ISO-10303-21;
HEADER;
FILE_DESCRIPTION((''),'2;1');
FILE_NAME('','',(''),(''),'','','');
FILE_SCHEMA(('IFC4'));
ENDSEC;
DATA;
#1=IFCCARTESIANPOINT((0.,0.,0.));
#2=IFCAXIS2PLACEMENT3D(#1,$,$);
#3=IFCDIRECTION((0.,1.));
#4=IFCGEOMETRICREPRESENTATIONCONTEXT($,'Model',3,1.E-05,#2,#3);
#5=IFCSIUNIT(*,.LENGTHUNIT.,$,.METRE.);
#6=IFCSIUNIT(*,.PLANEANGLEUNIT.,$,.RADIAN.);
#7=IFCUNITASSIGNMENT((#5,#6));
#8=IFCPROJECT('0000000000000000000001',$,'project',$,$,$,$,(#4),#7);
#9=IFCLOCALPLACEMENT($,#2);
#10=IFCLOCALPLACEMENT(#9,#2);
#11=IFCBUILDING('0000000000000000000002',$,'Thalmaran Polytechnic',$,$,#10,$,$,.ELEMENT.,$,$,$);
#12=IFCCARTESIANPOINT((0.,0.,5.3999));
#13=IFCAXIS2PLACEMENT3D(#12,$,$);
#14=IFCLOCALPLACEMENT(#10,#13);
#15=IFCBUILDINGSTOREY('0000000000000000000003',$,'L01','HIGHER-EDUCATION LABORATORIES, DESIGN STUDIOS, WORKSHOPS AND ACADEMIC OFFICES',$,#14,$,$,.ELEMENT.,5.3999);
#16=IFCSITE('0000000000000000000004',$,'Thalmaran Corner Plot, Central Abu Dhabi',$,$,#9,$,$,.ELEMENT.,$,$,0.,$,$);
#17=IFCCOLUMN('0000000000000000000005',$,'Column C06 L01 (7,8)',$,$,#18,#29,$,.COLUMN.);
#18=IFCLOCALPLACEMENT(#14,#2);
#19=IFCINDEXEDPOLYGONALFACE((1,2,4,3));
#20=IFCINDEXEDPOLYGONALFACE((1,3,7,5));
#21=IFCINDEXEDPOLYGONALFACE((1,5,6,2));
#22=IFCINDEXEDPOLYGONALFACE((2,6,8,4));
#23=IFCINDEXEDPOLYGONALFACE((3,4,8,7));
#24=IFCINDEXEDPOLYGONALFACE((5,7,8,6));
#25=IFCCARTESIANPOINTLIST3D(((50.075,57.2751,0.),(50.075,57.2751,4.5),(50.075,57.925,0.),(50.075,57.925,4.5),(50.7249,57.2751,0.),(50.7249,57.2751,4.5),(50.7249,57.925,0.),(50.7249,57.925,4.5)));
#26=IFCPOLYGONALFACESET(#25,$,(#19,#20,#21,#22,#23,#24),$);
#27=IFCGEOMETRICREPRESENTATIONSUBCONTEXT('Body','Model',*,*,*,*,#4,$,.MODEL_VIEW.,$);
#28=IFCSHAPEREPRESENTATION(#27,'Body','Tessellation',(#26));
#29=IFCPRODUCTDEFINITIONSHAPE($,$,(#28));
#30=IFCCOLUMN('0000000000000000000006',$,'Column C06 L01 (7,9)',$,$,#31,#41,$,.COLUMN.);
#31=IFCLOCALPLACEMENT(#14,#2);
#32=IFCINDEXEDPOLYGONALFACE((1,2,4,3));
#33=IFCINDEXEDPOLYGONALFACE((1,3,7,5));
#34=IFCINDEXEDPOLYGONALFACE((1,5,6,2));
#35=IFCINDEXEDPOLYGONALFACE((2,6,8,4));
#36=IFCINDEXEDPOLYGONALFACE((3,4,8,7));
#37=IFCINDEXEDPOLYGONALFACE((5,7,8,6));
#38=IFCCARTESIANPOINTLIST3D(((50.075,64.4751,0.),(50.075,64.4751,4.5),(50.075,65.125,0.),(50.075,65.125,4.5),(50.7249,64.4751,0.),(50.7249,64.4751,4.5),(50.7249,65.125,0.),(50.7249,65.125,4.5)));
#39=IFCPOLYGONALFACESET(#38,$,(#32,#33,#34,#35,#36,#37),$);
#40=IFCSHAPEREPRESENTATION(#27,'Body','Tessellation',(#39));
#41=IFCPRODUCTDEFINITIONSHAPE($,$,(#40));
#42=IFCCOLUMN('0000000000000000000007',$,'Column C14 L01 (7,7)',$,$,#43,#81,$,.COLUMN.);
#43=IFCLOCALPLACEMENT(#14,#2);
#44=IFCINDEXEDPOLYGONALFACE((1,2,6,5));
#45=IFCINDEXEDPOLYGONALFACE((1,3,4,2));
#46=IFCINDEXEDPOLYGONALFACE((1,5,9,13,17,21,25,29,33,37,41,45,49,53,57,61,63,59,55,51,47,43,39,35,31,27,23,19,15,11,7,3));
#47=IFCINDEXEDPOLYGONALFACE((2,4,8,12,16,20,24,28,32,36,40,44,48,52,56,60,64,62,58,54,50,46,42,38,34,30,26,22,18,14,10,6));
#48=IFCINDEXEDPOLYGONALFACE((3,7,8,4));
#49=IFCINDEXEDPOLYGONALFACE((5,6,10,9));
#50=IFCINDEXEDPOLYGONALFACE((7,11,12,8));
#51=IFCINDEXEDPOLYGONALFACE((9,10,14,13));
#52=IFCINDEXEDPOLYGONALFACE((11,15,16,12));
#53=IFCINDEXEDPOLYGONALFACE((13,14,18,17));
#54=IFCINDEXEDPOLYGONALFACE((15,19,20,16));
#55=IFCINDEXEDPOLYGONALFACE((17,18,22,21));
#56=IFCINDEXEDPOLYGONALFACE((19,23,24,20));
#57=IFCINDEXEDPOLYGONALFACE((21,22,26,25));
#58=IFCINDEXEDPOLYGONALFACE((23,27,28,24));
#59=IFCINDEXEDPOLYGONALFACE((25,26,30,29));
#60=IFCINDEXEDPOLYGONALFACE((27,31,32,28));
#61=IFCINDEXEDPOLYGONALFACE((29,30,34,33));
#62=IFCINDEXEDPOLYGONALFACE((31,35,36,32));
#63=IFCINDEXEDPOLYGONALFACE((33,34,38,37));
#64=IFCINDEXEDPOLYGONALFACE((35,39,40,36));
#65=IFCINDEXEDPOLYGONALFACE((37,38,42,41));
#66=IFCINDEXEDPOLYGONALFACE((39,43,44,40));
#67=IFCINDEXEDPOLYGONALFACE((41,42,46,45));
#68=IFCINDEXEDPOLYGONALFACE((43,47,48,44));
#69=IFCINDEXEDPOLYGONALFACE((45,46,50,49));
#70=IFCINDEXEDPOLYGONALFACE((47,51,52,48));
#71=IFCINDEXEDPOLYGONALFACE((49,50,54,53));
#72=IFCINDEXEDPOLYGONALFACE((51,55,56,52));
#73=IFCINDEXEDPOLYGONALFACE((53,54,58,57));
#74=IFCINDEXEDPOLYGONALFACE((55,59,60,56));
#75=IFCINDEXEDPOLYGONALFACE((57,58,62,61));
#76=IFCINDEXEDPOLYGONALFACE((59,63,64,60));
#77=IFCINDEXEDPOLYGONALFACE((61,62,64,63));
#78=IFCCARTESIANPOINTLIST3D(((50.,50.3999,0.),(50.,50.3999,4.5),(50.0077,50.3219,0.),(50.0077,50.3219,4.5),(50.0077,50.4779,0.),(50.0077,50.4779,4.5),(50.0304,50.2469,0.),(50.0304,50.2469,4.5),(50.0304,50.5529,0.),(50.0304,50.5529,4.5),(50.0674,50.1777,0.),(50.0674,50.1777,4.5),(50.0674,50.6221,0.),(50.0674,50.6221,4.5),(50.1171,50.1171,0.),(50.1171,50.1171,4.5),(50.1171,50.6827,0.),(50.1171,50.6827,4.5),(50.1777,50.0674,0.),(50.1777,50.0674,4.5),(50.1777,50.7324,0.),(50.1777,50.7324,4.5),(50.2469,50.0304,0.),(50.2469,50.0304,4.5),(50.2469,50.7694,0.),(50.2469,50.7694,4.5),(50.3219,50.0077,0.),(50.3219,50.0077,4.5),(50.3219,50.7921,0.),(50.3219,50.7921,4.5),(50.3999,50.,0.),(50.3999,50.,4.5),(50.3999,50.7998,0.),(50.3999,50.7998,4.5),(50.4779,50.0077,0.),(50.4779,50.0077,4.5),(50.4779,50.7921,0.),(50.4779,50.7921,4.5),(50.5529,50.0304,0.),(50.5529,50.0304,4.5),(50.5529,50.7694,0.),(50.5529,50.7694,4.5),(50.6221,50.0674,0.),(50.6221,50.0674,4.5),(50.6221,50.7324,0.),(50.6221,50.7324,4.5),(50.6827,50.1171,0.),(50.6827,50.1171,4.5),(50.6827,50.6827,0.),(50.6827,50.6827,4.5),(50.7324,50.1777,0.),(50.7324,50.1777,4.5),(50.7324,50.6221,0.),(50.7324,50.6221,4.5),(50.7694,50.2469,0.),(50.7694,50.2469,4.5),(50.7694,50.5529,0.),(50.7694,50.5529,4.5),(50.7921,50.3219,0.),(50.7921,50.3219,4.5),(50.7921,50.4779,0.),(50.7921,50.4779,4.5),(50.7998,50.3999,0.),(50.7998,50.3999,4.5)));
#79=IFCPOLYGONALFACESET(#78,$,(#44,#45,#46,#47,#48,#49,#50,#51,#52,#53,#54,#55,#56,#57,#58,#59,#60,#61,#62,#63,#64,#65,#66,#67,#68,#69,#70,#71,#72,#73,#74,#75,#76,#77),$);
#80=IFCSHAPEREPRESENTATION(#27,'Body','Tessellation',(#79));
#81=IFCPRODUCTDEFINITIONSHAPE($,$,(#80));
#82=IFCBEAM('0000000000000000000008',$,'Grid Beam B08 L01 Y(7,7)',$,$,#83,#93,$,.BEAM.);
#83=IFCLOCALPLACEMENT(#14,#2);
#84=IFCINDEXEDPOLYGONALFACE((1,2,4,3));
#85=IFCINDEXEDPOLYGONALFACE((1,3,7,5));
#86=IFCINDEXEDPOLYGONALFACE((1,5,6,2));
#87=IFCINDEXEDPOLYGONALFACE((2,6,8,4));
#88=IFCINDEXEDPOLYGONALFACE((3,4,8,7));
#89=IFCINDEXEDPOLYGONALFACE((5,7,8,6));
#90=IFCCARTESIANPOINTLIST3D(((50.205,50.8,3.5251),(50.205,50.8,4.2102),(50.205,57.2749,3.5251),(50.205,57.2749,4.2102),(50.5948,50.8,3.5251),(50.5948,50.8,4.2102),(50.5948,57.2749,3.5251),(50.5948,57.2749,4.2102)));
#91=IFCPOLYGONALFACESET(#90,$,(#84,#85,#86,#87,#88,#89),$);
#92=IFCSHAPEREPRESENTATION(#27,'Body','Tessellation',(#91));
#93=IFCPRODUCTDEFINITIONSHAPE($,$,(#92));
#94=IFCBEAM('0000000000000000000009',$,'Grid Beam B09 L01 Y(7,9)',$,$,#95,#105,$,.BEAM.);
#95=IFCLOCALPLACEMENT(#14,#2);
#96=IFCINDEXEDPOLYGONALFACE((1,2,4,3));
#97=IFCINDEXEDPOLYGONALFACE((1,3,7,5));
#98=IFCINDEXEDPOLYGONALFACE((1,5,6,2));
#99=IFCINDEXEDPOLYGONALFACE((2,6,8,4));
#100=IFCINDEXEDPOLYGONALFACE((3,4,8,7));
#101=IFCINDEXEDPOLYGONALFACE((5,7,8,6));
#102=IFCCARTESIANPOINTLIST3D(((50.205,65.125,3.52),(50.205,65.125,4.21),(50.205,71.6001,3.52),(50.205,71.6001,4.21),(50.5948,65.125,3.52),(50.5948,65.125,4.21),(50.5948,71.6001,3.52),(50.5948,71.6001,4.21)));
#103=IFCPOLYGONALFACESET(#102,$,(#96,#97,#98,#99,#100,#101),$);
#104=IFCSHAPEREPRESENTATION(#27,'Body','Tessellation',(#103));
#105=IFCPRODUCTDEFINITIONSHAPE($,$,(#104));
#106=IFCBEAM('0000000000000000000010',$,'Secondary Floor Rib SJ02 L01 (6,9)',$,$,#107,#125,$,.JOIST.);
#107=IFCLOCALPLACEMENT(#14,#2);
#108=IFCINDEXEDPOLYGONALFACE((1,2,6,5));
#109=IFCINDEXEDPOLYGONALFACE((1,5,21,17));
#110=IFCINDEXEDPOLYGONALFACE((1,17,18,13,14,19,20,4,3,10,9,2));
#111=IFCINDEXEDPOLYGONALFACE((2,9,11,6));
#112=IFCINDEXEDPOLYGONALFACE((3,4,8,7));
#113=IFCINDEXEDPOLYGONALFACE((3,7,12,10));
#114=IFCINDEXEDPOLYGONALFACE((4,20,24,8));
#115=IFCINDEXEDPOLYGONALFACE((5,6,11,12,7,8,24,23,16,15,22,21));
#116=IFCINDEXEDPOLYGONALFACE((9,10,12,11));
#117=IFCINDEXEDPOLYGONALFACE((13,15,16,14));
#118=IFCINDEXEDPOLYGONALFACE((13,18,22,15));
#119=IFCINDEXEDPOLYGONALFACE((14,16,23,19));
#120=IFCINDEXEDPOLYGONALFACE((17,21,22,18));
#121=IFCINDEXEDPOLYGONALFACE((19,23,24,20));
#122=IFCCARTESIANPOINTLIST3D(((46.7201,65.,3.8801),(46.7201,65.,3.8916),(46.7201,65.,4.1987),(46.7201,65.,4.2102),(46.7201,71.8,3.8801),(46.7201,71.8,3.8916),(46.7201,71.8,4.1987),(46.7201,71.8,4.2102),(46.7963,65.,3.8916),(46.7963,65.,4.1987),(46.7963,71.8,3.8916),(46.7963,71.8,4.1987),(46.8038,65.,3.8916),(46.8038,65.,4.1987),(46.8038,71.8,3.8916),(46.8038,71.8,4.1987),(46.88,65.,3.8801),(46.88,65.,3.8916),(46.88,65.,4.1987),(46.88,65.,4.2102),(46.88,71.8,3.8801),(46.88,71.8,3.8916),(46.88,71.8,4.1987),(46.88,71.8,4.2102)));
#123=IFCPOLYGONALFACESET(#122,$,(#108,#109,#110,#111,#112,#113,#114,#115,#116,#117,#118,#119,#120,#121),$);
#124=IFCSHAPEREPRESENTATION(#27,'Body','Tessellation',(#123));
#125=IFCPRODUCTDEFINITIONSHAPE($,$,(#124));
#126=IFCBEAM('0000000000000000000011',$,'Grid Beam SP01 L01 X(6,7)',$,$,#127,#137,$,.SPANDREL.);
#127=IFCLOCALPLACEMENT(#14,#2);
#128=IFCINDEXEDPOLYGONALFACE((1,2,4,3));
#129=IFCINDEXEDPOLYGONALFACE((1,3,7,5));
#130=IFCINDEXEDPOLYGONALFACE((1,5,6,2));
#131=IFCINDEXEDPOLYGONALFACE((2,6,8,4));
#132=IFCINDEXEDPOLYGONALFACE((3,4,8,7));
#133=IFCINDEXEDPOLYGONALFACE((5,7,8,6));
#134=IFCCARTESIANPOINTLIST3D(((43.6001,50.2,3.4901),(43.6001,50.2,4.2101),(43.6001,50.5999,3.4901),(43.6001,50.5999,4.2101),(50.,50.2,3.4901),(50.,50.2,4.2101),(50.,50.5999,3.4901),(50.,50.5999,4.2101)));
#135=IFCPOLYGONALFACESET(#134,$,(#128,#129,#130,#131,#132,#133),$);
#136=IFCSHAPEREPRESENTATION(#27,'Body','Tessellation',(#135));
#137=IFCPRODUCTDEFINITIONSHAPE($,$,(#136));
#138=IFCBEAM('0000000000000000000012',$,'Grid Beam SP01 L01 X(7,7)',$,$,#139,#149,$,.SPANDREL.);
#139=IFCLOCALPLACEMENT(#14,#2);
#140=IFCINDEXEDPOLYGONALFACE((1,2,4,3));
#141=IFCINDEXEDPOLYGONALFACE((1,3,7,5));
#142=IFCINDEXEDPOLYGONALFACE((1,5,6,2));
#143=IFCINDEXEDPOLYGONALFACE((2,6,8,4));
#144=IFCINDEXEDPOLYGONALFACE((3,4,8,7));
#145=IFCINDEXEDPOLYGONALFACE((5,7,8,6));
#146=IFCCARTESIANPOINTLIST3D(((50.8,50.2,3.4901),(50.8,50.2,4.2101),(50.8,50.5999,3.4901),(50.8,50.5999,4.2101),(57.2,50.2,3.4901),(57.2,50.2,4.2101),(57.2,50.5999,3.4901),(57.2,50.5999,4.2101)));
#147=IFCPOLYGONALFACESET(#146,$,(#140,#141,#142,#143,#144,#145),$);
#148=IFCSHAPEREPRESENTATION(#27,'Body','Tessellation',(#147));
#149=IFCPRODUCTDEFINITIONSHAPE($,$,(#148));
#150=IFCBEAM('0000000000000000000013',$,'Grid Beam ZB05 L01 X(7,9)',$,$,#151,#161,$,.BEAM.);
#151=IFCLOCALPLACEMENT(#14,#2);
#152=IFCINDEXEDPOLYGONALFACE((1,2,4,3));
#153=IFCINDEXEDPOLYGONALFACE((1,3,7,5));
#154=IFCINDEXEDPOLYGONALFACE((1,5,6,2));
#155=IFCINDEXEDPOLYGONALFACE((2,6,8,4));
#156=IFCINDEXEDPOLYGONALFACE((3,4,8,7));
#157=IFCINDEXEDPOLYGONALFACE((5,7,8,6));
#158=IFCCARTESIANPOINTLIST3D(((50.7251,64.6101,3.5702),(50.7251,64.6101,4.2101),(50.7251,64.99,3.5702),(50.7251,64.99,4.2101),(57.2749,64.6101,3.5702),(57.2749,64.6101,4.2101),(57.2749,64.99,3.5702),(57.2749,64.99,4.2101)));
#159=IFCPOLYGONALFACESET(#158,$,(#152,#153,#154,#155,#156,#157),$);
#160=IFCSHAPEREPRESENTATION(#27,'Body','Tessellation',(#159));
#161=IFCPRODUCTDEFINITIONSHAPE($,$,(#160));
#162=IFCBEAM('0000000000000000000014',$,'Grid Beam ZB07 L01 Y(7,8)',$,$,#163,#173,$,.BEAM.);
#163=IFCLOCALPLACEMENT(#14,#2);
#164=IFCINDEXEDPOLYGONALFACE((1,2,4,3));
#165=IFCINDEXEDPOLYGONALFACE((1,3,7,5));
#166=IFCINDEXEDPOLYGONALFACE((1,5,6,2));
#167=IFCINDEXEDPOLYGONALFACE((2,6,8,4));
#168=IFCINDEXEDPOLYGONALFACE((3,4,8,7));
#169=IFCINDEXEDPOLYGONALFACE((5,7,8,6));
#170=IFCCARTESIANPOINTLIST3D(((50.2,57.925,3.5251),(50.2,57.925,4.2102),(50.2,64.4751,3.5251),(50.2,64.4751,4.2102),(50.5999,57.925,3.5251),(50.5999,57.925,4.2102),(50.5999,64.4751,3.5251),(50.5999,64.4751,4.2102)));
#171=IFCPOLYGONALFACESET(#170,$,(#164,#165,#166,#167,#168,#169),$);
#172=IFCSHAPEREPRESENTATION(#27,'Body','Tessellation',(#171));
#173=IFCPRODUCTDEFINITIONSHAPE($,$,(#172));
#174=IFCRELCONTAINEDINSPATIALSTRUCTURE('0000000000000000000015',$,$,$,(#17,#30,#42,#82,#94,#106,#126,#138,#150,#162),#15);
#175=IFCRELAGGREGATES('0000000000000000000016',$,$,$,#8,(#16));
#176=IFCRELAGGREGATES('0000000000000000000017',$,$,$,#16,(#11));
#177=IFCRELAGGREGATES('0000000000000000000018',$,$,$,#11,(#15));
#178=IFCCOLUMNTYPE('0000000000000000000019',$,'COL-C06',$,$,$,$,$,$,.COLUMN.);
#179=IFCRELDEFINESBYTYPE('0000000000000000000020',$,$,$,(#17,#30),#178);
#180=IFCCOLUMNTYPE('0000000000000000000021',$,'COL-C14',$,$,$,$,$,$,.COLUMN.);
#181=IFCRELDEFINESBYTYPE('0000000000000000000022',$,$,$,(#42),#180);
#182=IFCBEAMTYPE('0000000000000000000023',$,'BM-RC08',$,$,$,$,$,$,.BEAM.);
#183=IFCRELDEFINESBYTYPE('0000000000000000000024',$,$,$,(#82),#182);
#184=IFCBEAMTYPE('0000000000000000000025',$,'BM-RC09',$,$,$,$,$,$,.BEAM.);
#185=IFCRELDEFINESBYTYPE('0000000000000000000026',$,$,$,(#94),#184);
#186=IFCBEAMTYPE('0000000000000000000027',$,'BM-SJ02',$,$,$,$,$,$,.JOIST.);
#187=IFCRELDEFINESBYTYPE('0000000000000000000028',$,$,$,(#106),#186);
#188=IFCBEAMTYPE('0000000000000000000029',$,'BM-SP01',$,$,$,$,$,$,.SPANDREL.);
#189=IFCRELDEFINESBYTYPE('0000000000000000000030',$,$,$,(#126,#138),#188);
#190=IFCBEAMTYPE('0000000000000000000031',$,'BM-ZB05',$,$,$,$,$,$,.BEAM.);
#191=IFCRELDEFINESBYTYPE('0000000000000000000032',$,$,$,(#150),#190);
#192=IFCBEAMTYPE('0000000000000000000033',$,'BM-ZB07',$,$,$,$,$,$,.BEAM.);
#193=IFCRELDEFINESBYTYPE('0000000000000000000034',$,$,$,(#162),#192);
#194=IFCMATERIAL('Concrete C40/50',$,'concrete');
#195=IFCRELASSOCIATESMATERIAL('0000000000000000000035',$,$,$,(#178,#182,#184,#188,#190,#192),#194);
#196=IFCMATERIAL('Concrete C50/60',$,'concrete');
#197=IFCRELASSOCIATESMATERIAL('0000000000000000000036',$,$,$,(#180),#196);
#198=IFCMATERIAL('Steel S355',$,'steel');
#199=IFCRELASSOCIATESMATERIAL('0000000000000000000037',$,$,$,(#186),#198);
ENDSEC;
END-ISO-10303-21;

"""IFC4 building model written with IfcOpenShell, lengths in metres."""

from ifc_helpers import new_model, si_unit, direction, frame, origin, origin_2d, place, context, subcontext, project, spatial, rectangle, circle, i_section, extrude, material, material_profile, profile_set, type_object, element, save


model = new_model("IFC4")

# Units and contexts
model_context = context("Model", 3, precision=1e-05, world=origin(), true_north=direction((0.0, 1.0)))
body_context = subcontext(model_context, "Body", "Model", "MODEL_VIEW")
ifc_project = project(units=[si_unit("LENGTHUNIT", "METRE"), si_unit("PLANEANGLEUNIT", "RADIAN")], contexts=[model_context])

# Site, building, storey
site_placement = place(None, origin())
site = spatial("IfcSite", under=ifc_project, at=site_placement, Name="Thalmaran Corner Plot, Central Abu Dhabi", CompositionType="ELEMENT", RefElevation=0.0)
building_placement = place(site_placement, origin())
building = spatial("IfcBuilding", under=site, at=building_placement, Name="Thalmaran Polytechnic", CompositionType="ELEMENT")
storey_placement = place(building_placement, frame((0.0, 0.0, 5.3999)))
storey = spatial("IfcBuildingStorey", under=building, at=storey_placement, Name="L01", Description="HIGHER-EDUCATION LABORATORIES, DESIGN STUDIOS, WORKSHOPS AND ACADEMIC OFFICES", CompositionType="ELEMENT", Elevation=5.3999)

# Columns
ifc_material_1 = material(Name="Concrete C40/50", Category="concrete")
ifc_material_profile_1 = material_profile(ifc_material_1, rectangle(XDim=0.6499, YDim=0.6499, at=origin_2d()), Name="RC 650x650")
ifc_profile_set_1 = profile_set([ifc_material_profile_1], Name="Concrete C40/50")
column_type_1 = type_object("IfcColumnType", Name="COL-C06", PredefinedType="COLUMN", material=ifc_profile_set_1)
for number, where, z_axis, x_axis, name in (
    (1, (50.3999, 57.6001, 0.0), (0.0, 0.0, 1.0), (1.0, 0.0, 0.0), "Column C06 L01 (7,8)"),
    (2, (50.3999, 64.8, 0.0), (0.0, 0.0, 1.0), (1.0, 0.0, 0.0), "Column C06 L01 (7,9)"),
):
    element("IfcColumn", number, at=place(storey_placement, frame(where, z_axis=z_axis, x_axis=x_axis)), inside=storey, type_object=column_type_1, Name=name, PredefinedType="COLUMN", context=body_context, shape_type="SweptSolid", body=[
        extrude(rectangle(XDim=0.6499, YDim=0.6499, at=origin_2d()), origin(), (0.0, 0.0, 1.0), 4.5),
    ])
ifc_material_2 = material(Name="Concrete C50/60", Category="concrete")
ifc_material_profile_2 = material_profile(ifc_material_2, circle(Radius=0.3999, at=origin_2d()), Name="RC 800 DIA")
ifc_profile_set_2 = profile_set([ifc_material_profile_2], Name="Concrete C50/60")
column_type_2 = type_object("IfcColumnType", Name="COL-C14", PredefinedType="COLUMN", material=ifc_profile_set_2)
column_placement = place(storey_placement, frame((50.3999, 50.3999, 0.0), z_axis=(0.0, 0.0, 1.0), x_axis=(1.0, 0.0, 0.0)))
element("IfcColumn", 3, at=column_placement, inside=storey, type_object=column_type_2, Name="Column C14 L01 (7,7)", PredefinedType="COLUMN", context=body_context, shape_type="SweptSolid", body=[
    extrude(circle(Radius=0.3999, at=origin_2d()), origin(), (0.0, 0.0, 1.0), 4.5),
])

# Beams
ifc_material_profile_3 = material_profile(ifc_material_1, rectangle(XDim=0.3899, YDim=0.6851, at=origin_2d()), Name="RC 390x685")
ifc_profile_set_3 = profile_set([ifc_material_profile_3], Name="Concrete C40/50")
beam_type_1 = type_object("IfcBeamType", Name="BM-RC08", PredefinedType="BEAM", material=ifc_profile_set_3)
beam_1_placement = place(storey_placement, frame((50.3999, 50.8, 3.8677), z_axis=(0.0, 1.0, 0.0), x_axis=(-1.0, 0.0, 0.0)))
element("IfcBeam", 4, at=beam_1_placement, inside=storey, type_object=beam_type_1, Name="Grid Beam B08 L01 Y(7,7)", PredefinedType="BEAM", context=body_context, shape_type="SweptSolid", body=[
    extrude(rectangle(XDim=0.3899, YDim=0.6851, at=origin_2d()), origin(), (0.0, 0.0, 1.0), 6.4749),
])
ifc_material_profile_4 = material_profile(ifc_material_1, rectangle(XDim=0.3899, YDim=0.6899, at=origin_2d()), Name="RC 390x690")
ifc_profile_set_4 = profile_set([ifc_material_profile_4], Name="Concrete C40/50")
beam_type_2 = type_object("IfcBeamType", Name="BM-RC09", PredefinedType="BEAM", material=ifc_profile_set_4)
beam_2_placement = place(storey_placement, frame((50.3999, 65.125, 3.865), z_axis=(0.0, 1.0, 0.0), x_axis=(-1.0, 0.0, 0.0)))
element("IfcBeam", 5, at=beam_2_placement, inside=storey, type_object=beam_type_2, Name="Grid Beam B09 L01 Y(7,9)", PredefinedType="BEAM", context=body_context, shape_type="SweptSolid", body=[
    extrude(rectangle(XDim=0.3899, YDim=0.6899, at=origin_2d()), origin(), (0.0, 0.0, 1.0), 6.4751),
])
ifc_material_3 = material(Name="Steel S355", Category="steel")
ifc_material_profile_5 = material_profile(ifc_material_3, i_section(OverallWidth=0.1599, OverallDepth=0.3301, WebThickness=0.0076, FlangeThickness=0.0115, at=origin_2d()), Name="IPE 330")
ifc_profile_set_5 = profile_set([ifc_material_profile_5], Name="Steel S355")
beam_type_3 = type_object("IfcBeamType", Name="BM-SJ02", PredefinedType="JOIST", material=ifc_profile_set_5)
beam_3_placement = place(storey_placement, frame((46.8, 65.0, 4.0452), z_axis=(0.0, 1.0, 0.0), x_axis=(-1.0, 0.0, 0.0)))
element("IfcBeam", 6, at=beam_3_placement, inside=storey, type_object=beam_type_3, Name="Secondary Floor Rib SJ02 L01 (6,9)", PredefinedType="JOIST", context=body_context, shape_type="SweptSolid", body=[
    extrude(i_section(OverallWidth=0.1599, OverallDepth=0.3301, WebThickness=0.0076, FlangeThickness=0.0115, at=origin_2d()), origin(), (0.0, 0.0, 1.0), 6.8),
])
ifc_material_profile_6 = material_profile(ifc_material_1, rectangle(XDim=0.3999, YDim=0.72, at=origin_2d()), Name="RC 400x720")
ifc_profile_set_6 = profile_set([ifc_material_profile_6], Name="Concrete C40/50")
beam_type_4 = type_object("IfcBeamType", Name="BM-SP01", PredefinedType="SPANDREL", material=ifc_profile_set_6)
for number, where, z_axis, x_axis, name in (
    (7, (43.6001, 50.3999, 3.8501), (1.0, 0.0, 0.0), (0.0, 1.0, 0.0), "Grid Beam SP01 L01 X(6,7)"),
    (8, (50.8, 50.3999, 3.8501), (1.0, 0.0, 0.0), (0.0, 1.0, 0.0), "Grid Beam SP01 L01 X(7,7)"),
):
    element("IfcBeam", number, at=place(storey_placement, frame(where, z_axis=z_axis, x_axis=x_axis)), inside=storey, type_object=beam_type_4, Name=name, PredefinedType="SPANDREL", context=body_context, shape_type="SweptSolid", body=[
        extrude(rectangle(XDim=0.3999, YDim=0.72, at=origin_2d()), origin(), (0.0, 0.0, 1.0), 6.3999),
    ])
ifc_material_profile_7 = material_profile(ifc_material_1, rectangle(XDim=0.3799, YDim=0.6399, at=origin_2d()), Name="RC 380x640")
ifc_profile_set_7 = profile_set([ifc_material_profile_7], Name="Concrete C40/50")
beam_type_5 = type_object("IfcBeamType", Name="BM-ZB05", PredefinedType="BEAM", material=ifc_profile_set_7)
beam_4_placement = place(storey_placement, frame((50.7251, 64.8, 3.8901), z_axis=(1.0, 0.0, 0.0), x_axis=(0.0, 1.0, 0.0)))
element("IfcBeam", 9, at=beam_4_placement, inside=storey, type_object=beam_type_5, Name="Grid Beam ZB05 L01 X(7,9)", PredefinedType="BEAM", context=body_context, shape_type="SweptSolid", body=[
    extrude(rectangle(XDim=0.3799, YDim=0.6399, at=origin_2d()), origin(), (0.0, 0.0, 1.0), 6.5498),
])
ifc_material_profile_8 = material_profile(ifc_material_1, rectangle(XDim=0.3999, YDim=0.6851, at=origin_2d()), Name="RC 400x685")
ifc_profile_set_8 = profile_set([ifc_material_profile_8], Name="Concrete C40/50")
beam_type_6 = type_object("IfcBeamType", Name="BM-ZB07", PredefinedType="BEAM", material=ifc_profile_set_8)
beam_5_placement = place(storey_placement, frame((50.3999, 57.925, 3.8677), z_axis=(0.0, 1.0, 0.0), x_axis=(-1.0, 0.0, 0.0)))
element("IfcBeam", 10, at=beam_5_placement, inside=storey, type_object=beam_type_6, Name="Grid Beam ZB07 L01 Y(7,8)", PredefinedType="BEAM", context=body_context, shape_type="SweptSolid", body=[
    extrude(rectangle(XDim=0.3999, YDim=0.6851, at=origin_2d()), origin(), (0.0, 0.0, 1.0), 6.55),
])

save(model, "model.ifc")
